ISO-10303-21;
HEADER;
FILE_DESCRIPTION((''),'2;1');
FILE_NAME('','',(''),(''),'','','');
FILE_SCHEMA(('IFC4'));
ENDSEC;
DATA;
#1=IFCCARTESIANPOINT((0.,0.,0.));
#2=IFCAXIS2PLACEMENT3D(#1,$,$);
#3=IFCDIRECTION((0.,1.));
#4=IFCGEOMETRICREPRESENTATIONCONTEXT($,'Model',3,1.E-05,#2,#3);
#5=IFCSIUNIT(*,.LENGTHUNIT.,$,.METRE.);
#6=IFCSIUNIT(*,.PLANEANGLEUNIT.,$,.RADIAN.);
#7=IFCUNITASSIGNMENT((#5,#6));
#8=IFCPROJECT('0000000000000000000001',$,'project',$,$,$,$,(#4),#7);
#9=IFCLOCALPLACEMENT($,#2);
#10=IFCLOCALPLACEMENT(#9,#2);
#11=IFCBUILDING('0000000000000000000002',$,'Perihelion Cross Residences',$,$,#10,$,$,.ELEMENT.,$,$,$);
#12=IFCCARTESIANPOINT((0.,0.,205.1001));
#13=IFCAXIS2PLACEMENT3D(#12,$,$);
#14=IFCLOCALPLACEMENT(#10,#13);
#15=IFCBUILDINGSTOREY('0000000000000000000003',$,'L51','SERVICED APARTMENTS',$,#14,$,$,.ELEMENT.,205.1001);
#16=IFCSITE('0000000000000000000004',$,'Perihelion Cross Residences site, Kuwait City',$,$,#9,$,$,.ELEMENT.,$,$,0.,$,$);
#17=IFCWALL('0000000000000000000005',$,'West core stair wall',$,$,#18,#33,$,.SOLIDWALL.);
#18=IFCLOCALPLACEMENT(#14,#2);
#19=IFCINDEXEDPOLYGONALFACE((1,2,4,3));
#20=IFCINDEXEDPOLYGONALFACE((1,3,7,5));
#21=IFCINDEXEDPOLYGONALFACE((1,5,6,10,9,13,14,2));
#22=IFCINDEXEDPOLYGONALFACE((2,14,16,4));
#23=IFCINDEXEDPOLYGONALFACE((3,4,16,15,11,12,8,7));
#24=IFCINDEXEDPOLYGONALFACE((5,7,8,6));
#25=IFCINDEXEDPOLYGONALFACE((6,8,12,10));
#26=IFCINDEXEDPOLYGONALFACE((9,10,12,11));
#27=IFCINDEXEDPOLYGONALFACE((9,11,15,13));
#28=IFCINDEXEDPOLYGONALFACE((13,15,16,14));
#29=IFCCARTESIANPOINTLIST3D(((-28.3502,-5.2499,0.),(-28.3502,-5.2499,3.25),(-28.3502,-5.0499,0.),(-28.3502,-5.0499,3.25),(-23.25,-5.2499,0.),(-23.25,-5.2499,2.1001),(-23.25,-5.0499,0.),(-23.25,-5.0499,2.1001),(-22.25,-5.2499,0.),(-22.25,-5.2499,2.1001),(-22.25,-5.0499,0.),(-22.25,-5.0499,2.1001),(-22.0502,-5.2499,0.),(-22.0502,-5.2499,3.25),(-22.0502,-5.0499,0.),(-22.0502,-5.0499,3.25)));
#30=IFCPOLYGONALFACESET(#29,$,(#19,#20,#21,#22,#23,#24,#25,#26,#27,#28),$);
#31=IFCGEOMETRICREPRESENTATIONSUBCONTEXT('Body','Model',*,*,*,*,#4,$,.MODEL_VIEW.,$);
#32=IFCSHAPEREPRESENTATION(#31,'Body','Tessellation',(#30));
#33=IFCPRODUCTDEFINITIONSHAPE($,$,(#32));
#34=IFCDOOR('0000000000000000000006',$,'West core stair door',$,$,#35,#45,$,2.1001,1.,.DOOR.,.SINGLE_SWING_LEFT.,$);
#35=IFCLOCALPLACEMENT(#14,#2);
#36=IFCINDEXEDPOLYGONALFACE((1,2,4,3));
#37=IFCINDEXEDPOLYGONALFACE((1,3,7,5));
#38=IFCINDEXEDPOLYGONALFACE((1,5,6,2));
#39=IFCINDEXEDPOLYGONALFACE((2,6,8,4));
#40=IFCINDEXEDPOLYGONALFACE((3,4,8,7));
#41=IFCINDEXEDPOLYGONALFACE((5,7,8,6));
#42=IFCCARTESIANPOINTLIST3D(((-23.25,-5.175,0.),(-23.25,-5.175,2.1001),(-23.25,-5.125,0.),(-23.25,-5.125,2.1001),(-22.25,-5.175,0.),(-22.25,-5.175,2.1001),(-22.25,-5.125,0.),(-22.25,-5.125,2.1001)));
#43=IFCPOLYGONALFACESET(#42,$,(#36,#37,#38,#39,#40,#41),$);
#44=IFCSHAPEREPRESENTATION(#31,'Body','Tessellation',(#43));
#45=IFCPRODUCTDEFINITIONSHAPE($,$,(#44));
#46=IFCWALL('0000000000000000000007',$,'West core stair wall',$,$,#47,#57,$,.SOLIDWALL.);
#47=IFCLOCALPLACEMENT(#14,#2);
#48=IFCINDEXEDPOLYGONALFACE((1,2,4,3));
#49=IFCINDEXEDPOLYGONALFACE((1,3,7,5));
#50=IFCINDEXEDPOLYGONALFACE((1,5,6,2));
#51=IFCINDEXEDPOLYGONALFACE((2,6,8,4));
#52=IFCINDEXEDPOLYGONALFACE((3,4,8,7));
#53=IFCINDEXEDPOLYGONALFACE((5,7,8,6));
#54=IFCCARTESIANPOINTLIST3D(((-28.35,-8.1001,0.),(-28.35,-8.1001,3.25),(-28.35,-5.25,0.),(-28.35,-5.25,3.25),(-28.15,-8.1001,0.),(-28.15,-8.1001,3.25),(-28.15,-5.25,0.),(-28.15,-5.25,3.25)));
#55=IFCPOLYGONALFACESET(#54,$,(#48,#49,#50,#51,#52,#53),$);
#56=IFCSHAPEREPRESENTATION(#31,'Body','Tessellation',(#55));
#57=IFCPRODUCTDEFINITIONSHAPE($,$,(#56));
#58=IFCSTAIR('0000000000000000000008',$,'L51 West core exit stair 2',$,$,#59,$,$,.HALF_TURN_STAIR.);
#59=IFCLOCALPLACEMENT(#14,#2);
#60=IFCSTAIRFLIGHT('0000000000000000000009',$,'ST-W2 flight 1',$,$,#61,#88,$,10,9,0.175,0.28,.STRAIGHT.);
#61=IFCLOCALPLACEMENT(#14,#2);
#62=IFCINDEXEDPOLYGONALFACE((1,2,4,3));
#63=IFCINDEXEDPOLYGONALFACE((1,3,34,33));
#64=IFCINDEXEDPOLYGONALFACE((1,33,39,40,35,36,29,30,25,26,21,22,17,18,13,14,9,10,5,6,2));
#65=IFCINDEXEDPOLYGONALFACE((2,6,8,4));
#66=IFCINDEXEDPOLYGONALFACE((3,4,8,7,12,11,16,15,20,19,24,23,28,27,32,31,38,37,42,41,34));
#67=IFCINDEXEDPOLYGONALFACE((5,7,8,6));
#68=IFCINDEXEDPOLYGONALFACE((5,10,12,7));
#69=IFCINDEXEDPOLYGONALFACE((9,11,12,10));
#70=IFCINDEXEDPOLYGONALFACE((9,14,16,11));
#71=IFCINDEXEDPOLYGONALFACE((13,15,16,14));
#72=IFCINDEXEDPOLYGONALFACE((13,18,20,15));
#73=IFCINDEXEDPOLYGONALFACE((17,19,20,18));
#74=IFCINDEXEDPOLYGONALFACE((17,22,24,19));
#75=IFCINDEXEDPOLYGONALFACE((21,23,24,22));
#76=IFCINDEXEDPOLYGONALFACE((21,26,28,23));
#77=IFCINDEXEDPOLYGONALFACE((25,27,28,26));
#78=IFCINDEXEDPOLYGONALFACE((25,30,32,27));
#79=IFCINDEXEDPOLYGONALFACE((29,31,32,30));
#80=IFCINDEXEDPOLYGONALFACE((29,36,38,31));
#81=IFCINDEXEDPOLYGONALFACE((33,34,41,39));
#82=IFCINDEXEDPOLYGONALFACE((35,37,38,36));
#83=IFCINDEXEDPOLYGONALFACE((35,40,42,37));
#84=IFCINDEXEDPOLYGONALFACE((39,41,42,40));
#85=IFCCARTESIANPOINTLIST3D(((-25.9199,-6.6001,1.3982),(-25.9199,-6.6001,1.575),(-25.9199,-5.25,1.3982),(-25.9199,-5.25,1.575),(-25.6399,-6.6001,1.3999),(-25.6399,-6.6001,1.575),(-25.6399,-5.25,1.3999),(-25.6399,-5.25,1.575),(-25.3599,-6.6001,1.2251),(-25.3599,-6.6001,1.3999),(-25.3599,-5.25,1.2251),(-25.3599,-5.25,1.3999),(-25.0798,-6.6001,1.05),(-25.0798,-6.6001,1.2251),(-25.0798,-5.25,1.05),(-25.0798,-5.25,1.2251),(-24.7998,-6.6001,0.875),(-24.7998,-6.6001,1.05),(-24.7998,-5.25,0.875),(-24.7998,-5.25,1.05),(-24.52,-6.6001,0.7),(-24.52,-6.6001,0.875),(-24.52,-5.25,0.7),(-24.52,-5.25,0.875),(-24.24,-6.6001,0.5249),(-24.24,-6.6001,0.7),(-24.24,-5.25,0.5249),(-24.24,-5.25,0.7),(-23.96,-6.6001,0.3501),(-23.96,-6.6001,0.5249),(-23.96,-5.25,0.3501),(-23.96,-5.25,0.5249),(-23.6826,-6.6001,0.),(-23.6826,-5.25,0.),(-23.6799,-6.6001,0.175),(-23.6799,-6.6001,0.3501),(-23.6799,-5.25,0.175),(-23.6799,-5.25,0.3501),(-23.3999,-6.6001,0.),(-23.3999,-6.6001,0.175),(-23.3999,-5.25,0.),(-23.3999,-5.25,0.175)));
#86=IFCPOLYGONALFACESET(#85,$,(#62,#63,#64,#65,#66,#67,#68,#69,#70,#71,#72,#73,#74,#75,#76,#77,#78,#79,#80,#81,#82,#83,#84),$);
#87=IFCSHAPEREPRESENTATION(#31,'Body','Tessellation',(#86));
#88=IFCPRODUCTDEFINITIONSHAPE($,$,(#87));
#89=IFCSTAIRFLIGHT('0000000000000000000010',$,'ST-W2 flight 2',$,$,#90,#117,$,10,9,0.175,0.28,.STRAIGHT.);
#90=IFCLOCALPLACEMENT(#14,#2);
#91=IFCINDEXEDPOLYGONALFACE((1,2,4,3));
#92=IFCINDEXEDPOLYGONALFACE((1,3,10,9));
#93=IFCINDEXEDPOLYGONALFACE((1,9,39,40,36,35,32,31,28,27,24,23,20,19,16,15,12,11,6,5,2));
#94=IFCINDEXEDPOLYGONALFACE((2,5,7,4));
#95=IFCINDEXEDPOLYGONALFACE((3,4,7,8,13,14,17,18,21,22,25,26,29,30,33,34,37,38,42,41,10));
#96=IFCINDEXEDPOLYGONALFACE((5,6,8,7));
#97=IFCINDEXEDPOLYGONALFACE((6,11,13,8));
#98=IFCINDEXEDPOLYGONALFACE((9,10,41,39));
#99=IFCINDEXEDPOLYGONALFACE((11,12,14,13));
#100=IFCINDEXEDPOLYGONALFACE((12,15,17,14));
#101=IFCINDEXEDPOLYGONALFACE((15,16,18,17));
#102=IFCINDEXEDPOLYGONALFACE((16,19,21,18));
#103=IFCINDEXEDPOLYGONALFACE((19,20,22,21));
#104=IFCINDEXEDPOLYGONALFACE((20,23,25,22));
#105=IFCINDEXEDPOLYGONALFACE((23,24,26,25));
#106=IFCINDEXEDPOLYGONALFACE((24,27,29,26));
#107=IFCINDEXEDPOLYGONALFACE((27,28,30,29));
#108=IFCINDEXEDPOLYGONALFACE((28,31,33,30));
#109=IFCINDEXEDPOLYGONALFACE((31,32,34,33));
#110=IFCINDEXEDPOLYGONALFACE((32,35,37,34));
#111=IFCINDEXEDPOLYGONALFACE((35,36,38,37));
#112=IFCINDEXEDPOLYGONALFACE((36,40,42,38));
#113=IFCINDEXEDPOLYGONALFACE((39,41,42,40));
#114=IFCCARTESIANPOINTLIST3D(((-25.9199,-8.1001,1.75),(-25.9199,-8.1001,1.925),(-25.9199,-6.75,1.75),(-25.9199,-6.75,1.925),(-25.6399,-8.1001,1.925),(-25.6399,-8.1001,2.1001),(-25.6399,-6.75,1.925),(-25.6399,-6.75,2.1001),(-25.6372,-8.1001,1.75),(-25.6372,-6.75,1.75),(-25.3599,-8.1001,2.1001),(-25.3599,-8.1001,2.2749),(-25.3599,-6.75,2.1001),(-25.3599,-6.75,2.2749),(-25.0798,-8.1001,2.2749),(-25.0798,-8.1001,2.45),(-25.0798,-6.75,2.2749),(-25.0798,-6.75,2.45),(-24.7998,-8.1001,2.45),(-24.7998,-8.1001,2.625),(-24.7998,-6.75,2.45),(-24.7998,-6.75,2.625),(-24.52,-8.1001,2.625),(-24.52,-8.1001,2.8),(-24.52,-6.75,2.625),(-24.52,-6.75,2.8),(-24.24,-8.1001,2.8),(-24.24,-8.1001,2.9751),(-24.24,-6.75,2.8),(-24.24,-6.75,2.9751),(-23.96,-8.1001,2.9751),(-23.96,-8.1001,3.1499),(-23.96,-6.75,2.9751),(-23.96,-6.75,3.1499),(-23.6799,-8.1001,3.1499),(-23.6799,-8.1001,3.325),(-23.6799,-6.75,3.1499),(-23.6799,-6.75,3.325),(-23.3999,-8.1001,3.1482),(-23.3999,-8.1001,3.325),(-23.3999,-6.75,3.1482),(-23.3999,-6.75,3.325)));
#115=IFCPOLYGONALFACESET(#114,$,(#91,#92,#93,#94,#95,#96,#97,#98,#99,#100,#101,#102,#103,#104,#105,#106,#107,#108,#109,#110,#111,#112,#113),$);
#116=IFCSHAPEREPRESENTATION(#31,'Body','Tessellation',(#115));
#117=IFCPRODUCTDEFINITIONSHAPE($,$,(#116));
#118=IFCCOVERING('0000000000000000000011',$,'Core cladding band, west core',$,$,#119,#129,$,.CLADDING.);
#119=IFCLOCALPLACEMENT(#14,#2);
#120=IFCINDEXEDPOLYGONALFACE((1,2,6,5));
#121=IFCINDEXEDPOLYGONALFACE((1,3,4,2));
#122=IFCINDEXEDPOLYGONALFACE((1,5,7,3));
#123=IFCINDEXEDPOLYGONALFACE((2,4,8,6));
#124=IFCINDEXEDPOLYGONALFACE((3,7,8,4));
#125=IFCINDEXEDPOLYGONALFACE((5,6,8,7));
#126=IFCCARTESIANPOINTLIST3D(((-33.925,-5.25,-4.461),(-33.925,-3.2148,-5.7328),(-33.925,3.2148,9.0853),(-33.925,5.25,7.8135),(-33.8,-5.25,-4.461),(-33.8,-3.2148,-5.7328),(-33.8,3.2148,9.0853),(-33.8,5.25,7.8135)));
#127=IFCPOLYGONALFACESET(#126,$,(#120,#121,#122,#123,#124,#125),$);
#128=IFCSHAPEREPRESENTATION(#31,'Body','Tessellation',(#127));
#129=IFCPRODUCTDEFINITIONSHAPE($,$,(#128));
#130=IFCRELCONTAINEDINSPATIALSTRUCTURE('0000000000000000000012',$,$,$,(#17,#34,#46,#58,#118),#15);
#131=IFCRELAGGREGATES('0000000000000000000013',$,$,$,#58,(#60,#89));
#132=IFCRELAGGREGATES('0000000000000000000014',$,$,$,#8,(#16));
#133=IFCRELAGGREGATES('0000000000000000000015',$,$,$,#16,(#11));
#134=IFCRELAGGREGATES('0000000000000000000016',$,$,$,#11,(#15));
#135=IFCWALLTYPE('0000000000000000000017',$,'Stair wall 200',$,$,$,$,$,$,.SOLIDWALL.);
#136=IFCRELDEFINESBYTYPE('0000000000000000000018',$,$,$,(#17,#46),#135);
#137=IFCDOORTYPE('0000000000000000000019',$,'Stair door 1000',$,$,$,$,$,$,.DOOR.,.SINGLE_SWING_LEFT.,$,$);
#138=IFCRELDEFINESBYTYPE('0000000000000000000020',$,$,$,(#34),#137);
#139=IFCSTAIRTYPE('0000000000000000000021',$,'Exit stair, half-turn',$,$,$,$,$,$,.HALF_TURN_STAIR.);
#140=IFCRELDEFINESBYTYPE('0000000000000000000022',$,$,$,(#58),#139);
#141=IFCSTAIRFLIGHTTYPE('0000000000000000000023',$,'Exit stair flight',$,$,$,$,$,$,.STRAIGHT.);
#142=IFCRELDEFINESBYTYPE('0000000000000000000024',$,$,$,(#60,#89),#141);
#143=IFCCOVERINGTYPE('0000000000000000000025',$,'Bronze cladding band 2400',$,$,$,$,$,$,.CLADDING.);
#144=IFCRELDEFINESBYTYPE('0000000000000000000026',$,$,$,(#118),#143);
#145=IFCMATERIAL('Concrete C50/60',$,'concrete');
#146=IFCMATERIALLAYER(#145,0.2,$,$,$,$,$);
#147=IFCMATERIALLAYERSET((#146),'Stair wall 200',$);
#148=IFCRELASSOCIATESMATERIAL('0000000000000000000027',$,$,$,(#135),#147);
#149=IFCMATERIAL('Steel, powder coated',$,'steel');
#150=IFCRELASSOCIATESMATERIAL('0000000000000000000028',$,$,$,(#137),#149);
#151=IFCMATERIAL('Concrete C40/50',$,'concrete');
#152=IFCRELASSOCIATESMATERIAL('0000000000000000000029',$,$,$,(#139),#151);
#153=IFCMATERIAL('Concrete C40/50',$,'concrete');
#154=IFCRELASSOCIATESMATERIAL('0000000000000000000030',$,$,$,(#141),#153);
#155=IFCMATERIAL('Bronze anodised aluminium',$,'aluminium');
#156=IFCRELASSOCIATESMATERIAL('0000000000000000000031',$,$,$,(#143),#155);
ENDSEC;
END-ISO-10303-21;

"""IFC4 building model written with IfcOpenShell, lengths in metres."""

from ifc_helpers import new_model, si_unit, direction, frame, frame_2d, origin, origin_2d, place, context, subcontext, project, spatial, polyline, rectangle, outline, extrude, material, layer, layer_set, material_profile, profile_set, type_object, element, fill, aggregate, save


model = new_model("IFC4")

# Units and contexts
model_context = context("Model", 3, precision=1e-05, world=origin(), true_north=direction((0.0, 1.0)))
body_context = subcontext(model_context, "Body", "Model", "MODEL_VIEW")
ifc_project = project(units=[si_unit("LENGTHUNIT", "METRE"), si_unit("PLANEANGLEUNIT", "RADIAN")], contexts=[model_context])

# Site, building, storey
site_placement = place(None, origin())
site = spatial("IfcSite", under=ifc_project, at=site_placement, Name="Perihelion Cross Residences site, Kuwait City", CompositionType="ELEMENT", RefElevation=0.0)
building_placement = place(site_placement, origin())
building = spatial("IfcBuilding", under=site, at=building_placement, Name="Perihelion Cross Residences", CompositionType="ELEMENT")
storey_placement = place(building_placement, frame((0.0, 0.0, 205.1001)))
storey = spatial("IfcBuildingStorey", under=building, at=storey_placement, Name="L51", Description="SERVICED APARTMENTS", CompositionType="ELEMENT", Elevation=205.1001)

# Wall, opening, door
ifc_material_1 = material(Name="Concrete C50/60", Category="concrete")
ifc_layer_1 = layer(ifc_material_1, 0.2)
ifc_layer_set_1 = layer_set([ifc_layer_1], Name="Stair wall 200")
wall_type_1 = type_object("IfcWallType", Name="Stair wall 200", PredefinedType="SOLIDWALL", material=ifc_layer_set_1)
wall_1_placement = place(storey_placement, frame((-28.3501, -5.1499, 0.0), z_axis=(0.0, 0.0, 1.0), x_axis=(1.0, 0.0, 0.0)))
wall_1 = element("IfcWall", 1, at=wall_1_placement, inside=storey, type_object=wall_type_1, Name="West core stair wall", PredefinedType="SOLIDWALL", context=body_context, shape_type="SweptSolid", body=[
    extrude(rectangle(XDim=6.3, YDim=0.2, at=frame_2d((3.1499, 0.0))), origin(), (0.0, 0.0, 1.0), 3.25),
])
opening_1_placement = place(wall_1_placement, frame((5.1001, 0.0, 0.0)))
opening_1 = element("IfcOpeningElement", 2, at=opening_1_placement, cuts=wall_1, PredefinedType="OPENING", context=body_context, shape_type="SweptSolid", body=[
    extrude(rectangle(XDim=1.0, YDim=2.1001, at=frame_2d((0.5, 1.05))), frame((0.0, 0.1099, 0.0), z_axis=(0.0, -1.0, 0.0), x_axis=(1.0, 0.0, 0.0)), (0.0, 0.0, 1.0), 0.22),
])
ifc_material_2 = material(Name="Steel, powder coated", Category="steel")
door_type_1 = type_object("IfcDoorType", Name="Stair door 1000", OperationType="SINGLE_SWING_LEFT", PredefinedType="DOOR", material=ifc_material_2)
door_1_placement = place(opening_1_placement, origin())
door_1 = element("IfcDoor", 3, at=door_1_placement, inside=storey, type_object=door_type_1, Name="West core stair door", OperationType="SINGLE_SWING_LEFT", OverallHeight=2.1001, OverallWidth=1.0, PredefinedType="DOOR", context=body_context, shape_type="SweptSolid", body=[
    extrude(rectangle(XDim=1.0, YDim=2.1001, at=frame_2d((0.5, 1.05))), frame((0.0, 0.0249, 0.0), z_axis=(0.0, -1.0, 0.0), x_axis=(1.0, 0.0, 0.0)), (0.0, 0.0, 1.0), 0.05),
])
fill(opening_1, door_1)

# Wall
wall_2_placement = place(storey_placement, frame((-28.25, -8.1001, 0.0), z_axis=(0.0, 0.0, 1.0), x_axis=(0.0, 1.0, 0.0)))
element("IfcWall", 4, at=wall_2_placement, inside=storey, type_object=wall_type_1, Name="West core stair wall", PredefinedType="SOLIDWALL", context=body_context, shape_type="SweptSolid", body=[
    extrude(rectangle(XDim=2.8501, YDim=0.2, at=frame_2d((1.425, 0.0))), origin(), (0.0, 0.0, 1.0), 3.25),
])

# Stair, stair flights
ifc_material_3 = material(Name="Concrete C40/50", Category="concrete")
stair_type = type_object("IfcStairType", Name="Exit stair, half-turn", PredefinedType="HALF_TURN_STAIR", material=ifc_material_3)
stair_placement = place(storey_placement, origin())
stair = element("IfcStair", 5, at=stair_placement, inside=storey, type_object=stair_type, Name="L51 West core exit stair 2", PredefinedType="HALF_TURN_STAIR")
ifc_material_4 = material(Name="Concrete C40/50", Category="concrete")
stair_flight_type = type_object("IfcStairFlightType", Name="Exit stair flight", PredefinedType="STRAIGHT", material=ifc_material_4)
stair_flight_1_placement = place(storey_placement, frame((-23.3999, -5.925, 0.0), z_axis=(0.0, 0.0, 1.0), x_axis=(-1.0, 0.0, 0.0)))
stair_flight_1 = element("IfcStairFlight", 6, at=stair_flight_1_placement, type_object=stair_flight_type, Name="ST-W2 flight 1", NumberOfRisers=10, NumberOfTreads=9, PredefinedType="STRAIGHT", RiserHeight=0.175, TreadLength=0.28, context=body_context, shape_type="SweptSolid", body=[
    extrude(outline(polyline([(0.0, 0.0), (0.0, 0.175), (0.28, 0.175), (0.28, 0.3501), (0.5601, 0.3501), (0.5601, 0.5249), (0.8401, 0.5249), (0.8401, 0.7), (1.1201, 0.7), (1.1201, 0.875), (1.3999, 0.875), (1.3999, 1.05), (1.6799, 1.05), (1.6799, 1.2251), (1.96, 1.2251), (1.96, 1.3999), (2.24, 1.3999), (2.24, 1.575), (2.52, 1.575), (2.52, 1.75), (2.52, 1.3982), (0.2827, 0.0), (0.0, 0.0)])), frame((0.0, 0.675, 0.0), z_axis=(0.0, -1.0, 0.0), x_axis=(1.0, 0.0, 0.0)), (0.0, 0.0, 1.0), 1.3501),
])
stair_flight_2_placement = place(storey_placement, frame((-25.9199, -7.425, 1.75), z_axis=(0.0, 0.0, 1.0), x_axis=(1.0, 0.0, 0.0)))
stair_flight_2 = element("IfcStairFlight", 7, at=stair_flight_2_placement, type_object=stair_flight_type, Name="ST-W2 flight 2", NumberOfRisers=10, NumberOfTreads=9, PredefinedType="STRAIGHT", RiserHeight=0.175, TreadLength=0.28, context=body_context, shape_type="SweptSolid", body=[
    extrude(outline(polyline([(0.0, 0.0), (0.0, 0.175), (0.28, 0.175), (0.28, 0.3501), (0.5601, 0.3501), (0.5601, 0.5249), (0.8401, 0.5249), (0.8401, 0.7), (1.1201, 0.7), (1.1201, 0.875), (1.3999, 0.875), (1.3999, 1.05), (1.6799, 1.05), (1.6799, 1.2251), (1.96, 1.2251), (1.96, 1.3999), (2.24, 1.3999), (2.24, 1.575), (2.52, 1.575), (2.52, 1.75), (2.52, 1.3982), (0.2827, 0.0), (0.0, 0.0)])), frame((0.0, 0.675, 0.0), z_axis=(0.0, -1.0, 0.0), x_axis=(1.0, 0.0, 0.0)), (0.0, 0.0, 1.0), 1.3501),
])
aggregate(stair, [stair_flight_1, stair_flight_2])

# Covering
ifc_material_5 = material(Name="Bronze anodised aluminium", Category="aluminium")
ifc_material_profile = material_profile(ifc_material_5, rectangle(XDim=0.125, YDim=2.3999, at=origin_2d()), Name="Bronze cladding band 2400")
ifc_profile_set = profile_set([ifc_material_profile], Name="Bronze anodised aluminium")
covering_type = type_object("IfcCoveringType", Name="Bronze cladding band 2400", PredefinedType="CLADDING", material=ifc_profile_set)
covering_placement = place(storey_placement, frame((-33.8625, -4.2324, -5.0969), z_axis=(0.0, 0.529925, 0.848045), x_axis=(-1.0, 0.0, 0.0)))
element("IfcCovering", 8, at=covering_placement, inside=storey, type_object=covering_type, Name="Core cladding band, west core", PredefinedType="CLADDING", context=body_context, shape_type="SweptSolid", body=[
    extrude(rectangle(XDim=0.125, YDim=2.3999, at=origin_2d()), origin(), (0.0, 0.0, 1.0), 15.9736),
])

save(model, "model.ifc")
